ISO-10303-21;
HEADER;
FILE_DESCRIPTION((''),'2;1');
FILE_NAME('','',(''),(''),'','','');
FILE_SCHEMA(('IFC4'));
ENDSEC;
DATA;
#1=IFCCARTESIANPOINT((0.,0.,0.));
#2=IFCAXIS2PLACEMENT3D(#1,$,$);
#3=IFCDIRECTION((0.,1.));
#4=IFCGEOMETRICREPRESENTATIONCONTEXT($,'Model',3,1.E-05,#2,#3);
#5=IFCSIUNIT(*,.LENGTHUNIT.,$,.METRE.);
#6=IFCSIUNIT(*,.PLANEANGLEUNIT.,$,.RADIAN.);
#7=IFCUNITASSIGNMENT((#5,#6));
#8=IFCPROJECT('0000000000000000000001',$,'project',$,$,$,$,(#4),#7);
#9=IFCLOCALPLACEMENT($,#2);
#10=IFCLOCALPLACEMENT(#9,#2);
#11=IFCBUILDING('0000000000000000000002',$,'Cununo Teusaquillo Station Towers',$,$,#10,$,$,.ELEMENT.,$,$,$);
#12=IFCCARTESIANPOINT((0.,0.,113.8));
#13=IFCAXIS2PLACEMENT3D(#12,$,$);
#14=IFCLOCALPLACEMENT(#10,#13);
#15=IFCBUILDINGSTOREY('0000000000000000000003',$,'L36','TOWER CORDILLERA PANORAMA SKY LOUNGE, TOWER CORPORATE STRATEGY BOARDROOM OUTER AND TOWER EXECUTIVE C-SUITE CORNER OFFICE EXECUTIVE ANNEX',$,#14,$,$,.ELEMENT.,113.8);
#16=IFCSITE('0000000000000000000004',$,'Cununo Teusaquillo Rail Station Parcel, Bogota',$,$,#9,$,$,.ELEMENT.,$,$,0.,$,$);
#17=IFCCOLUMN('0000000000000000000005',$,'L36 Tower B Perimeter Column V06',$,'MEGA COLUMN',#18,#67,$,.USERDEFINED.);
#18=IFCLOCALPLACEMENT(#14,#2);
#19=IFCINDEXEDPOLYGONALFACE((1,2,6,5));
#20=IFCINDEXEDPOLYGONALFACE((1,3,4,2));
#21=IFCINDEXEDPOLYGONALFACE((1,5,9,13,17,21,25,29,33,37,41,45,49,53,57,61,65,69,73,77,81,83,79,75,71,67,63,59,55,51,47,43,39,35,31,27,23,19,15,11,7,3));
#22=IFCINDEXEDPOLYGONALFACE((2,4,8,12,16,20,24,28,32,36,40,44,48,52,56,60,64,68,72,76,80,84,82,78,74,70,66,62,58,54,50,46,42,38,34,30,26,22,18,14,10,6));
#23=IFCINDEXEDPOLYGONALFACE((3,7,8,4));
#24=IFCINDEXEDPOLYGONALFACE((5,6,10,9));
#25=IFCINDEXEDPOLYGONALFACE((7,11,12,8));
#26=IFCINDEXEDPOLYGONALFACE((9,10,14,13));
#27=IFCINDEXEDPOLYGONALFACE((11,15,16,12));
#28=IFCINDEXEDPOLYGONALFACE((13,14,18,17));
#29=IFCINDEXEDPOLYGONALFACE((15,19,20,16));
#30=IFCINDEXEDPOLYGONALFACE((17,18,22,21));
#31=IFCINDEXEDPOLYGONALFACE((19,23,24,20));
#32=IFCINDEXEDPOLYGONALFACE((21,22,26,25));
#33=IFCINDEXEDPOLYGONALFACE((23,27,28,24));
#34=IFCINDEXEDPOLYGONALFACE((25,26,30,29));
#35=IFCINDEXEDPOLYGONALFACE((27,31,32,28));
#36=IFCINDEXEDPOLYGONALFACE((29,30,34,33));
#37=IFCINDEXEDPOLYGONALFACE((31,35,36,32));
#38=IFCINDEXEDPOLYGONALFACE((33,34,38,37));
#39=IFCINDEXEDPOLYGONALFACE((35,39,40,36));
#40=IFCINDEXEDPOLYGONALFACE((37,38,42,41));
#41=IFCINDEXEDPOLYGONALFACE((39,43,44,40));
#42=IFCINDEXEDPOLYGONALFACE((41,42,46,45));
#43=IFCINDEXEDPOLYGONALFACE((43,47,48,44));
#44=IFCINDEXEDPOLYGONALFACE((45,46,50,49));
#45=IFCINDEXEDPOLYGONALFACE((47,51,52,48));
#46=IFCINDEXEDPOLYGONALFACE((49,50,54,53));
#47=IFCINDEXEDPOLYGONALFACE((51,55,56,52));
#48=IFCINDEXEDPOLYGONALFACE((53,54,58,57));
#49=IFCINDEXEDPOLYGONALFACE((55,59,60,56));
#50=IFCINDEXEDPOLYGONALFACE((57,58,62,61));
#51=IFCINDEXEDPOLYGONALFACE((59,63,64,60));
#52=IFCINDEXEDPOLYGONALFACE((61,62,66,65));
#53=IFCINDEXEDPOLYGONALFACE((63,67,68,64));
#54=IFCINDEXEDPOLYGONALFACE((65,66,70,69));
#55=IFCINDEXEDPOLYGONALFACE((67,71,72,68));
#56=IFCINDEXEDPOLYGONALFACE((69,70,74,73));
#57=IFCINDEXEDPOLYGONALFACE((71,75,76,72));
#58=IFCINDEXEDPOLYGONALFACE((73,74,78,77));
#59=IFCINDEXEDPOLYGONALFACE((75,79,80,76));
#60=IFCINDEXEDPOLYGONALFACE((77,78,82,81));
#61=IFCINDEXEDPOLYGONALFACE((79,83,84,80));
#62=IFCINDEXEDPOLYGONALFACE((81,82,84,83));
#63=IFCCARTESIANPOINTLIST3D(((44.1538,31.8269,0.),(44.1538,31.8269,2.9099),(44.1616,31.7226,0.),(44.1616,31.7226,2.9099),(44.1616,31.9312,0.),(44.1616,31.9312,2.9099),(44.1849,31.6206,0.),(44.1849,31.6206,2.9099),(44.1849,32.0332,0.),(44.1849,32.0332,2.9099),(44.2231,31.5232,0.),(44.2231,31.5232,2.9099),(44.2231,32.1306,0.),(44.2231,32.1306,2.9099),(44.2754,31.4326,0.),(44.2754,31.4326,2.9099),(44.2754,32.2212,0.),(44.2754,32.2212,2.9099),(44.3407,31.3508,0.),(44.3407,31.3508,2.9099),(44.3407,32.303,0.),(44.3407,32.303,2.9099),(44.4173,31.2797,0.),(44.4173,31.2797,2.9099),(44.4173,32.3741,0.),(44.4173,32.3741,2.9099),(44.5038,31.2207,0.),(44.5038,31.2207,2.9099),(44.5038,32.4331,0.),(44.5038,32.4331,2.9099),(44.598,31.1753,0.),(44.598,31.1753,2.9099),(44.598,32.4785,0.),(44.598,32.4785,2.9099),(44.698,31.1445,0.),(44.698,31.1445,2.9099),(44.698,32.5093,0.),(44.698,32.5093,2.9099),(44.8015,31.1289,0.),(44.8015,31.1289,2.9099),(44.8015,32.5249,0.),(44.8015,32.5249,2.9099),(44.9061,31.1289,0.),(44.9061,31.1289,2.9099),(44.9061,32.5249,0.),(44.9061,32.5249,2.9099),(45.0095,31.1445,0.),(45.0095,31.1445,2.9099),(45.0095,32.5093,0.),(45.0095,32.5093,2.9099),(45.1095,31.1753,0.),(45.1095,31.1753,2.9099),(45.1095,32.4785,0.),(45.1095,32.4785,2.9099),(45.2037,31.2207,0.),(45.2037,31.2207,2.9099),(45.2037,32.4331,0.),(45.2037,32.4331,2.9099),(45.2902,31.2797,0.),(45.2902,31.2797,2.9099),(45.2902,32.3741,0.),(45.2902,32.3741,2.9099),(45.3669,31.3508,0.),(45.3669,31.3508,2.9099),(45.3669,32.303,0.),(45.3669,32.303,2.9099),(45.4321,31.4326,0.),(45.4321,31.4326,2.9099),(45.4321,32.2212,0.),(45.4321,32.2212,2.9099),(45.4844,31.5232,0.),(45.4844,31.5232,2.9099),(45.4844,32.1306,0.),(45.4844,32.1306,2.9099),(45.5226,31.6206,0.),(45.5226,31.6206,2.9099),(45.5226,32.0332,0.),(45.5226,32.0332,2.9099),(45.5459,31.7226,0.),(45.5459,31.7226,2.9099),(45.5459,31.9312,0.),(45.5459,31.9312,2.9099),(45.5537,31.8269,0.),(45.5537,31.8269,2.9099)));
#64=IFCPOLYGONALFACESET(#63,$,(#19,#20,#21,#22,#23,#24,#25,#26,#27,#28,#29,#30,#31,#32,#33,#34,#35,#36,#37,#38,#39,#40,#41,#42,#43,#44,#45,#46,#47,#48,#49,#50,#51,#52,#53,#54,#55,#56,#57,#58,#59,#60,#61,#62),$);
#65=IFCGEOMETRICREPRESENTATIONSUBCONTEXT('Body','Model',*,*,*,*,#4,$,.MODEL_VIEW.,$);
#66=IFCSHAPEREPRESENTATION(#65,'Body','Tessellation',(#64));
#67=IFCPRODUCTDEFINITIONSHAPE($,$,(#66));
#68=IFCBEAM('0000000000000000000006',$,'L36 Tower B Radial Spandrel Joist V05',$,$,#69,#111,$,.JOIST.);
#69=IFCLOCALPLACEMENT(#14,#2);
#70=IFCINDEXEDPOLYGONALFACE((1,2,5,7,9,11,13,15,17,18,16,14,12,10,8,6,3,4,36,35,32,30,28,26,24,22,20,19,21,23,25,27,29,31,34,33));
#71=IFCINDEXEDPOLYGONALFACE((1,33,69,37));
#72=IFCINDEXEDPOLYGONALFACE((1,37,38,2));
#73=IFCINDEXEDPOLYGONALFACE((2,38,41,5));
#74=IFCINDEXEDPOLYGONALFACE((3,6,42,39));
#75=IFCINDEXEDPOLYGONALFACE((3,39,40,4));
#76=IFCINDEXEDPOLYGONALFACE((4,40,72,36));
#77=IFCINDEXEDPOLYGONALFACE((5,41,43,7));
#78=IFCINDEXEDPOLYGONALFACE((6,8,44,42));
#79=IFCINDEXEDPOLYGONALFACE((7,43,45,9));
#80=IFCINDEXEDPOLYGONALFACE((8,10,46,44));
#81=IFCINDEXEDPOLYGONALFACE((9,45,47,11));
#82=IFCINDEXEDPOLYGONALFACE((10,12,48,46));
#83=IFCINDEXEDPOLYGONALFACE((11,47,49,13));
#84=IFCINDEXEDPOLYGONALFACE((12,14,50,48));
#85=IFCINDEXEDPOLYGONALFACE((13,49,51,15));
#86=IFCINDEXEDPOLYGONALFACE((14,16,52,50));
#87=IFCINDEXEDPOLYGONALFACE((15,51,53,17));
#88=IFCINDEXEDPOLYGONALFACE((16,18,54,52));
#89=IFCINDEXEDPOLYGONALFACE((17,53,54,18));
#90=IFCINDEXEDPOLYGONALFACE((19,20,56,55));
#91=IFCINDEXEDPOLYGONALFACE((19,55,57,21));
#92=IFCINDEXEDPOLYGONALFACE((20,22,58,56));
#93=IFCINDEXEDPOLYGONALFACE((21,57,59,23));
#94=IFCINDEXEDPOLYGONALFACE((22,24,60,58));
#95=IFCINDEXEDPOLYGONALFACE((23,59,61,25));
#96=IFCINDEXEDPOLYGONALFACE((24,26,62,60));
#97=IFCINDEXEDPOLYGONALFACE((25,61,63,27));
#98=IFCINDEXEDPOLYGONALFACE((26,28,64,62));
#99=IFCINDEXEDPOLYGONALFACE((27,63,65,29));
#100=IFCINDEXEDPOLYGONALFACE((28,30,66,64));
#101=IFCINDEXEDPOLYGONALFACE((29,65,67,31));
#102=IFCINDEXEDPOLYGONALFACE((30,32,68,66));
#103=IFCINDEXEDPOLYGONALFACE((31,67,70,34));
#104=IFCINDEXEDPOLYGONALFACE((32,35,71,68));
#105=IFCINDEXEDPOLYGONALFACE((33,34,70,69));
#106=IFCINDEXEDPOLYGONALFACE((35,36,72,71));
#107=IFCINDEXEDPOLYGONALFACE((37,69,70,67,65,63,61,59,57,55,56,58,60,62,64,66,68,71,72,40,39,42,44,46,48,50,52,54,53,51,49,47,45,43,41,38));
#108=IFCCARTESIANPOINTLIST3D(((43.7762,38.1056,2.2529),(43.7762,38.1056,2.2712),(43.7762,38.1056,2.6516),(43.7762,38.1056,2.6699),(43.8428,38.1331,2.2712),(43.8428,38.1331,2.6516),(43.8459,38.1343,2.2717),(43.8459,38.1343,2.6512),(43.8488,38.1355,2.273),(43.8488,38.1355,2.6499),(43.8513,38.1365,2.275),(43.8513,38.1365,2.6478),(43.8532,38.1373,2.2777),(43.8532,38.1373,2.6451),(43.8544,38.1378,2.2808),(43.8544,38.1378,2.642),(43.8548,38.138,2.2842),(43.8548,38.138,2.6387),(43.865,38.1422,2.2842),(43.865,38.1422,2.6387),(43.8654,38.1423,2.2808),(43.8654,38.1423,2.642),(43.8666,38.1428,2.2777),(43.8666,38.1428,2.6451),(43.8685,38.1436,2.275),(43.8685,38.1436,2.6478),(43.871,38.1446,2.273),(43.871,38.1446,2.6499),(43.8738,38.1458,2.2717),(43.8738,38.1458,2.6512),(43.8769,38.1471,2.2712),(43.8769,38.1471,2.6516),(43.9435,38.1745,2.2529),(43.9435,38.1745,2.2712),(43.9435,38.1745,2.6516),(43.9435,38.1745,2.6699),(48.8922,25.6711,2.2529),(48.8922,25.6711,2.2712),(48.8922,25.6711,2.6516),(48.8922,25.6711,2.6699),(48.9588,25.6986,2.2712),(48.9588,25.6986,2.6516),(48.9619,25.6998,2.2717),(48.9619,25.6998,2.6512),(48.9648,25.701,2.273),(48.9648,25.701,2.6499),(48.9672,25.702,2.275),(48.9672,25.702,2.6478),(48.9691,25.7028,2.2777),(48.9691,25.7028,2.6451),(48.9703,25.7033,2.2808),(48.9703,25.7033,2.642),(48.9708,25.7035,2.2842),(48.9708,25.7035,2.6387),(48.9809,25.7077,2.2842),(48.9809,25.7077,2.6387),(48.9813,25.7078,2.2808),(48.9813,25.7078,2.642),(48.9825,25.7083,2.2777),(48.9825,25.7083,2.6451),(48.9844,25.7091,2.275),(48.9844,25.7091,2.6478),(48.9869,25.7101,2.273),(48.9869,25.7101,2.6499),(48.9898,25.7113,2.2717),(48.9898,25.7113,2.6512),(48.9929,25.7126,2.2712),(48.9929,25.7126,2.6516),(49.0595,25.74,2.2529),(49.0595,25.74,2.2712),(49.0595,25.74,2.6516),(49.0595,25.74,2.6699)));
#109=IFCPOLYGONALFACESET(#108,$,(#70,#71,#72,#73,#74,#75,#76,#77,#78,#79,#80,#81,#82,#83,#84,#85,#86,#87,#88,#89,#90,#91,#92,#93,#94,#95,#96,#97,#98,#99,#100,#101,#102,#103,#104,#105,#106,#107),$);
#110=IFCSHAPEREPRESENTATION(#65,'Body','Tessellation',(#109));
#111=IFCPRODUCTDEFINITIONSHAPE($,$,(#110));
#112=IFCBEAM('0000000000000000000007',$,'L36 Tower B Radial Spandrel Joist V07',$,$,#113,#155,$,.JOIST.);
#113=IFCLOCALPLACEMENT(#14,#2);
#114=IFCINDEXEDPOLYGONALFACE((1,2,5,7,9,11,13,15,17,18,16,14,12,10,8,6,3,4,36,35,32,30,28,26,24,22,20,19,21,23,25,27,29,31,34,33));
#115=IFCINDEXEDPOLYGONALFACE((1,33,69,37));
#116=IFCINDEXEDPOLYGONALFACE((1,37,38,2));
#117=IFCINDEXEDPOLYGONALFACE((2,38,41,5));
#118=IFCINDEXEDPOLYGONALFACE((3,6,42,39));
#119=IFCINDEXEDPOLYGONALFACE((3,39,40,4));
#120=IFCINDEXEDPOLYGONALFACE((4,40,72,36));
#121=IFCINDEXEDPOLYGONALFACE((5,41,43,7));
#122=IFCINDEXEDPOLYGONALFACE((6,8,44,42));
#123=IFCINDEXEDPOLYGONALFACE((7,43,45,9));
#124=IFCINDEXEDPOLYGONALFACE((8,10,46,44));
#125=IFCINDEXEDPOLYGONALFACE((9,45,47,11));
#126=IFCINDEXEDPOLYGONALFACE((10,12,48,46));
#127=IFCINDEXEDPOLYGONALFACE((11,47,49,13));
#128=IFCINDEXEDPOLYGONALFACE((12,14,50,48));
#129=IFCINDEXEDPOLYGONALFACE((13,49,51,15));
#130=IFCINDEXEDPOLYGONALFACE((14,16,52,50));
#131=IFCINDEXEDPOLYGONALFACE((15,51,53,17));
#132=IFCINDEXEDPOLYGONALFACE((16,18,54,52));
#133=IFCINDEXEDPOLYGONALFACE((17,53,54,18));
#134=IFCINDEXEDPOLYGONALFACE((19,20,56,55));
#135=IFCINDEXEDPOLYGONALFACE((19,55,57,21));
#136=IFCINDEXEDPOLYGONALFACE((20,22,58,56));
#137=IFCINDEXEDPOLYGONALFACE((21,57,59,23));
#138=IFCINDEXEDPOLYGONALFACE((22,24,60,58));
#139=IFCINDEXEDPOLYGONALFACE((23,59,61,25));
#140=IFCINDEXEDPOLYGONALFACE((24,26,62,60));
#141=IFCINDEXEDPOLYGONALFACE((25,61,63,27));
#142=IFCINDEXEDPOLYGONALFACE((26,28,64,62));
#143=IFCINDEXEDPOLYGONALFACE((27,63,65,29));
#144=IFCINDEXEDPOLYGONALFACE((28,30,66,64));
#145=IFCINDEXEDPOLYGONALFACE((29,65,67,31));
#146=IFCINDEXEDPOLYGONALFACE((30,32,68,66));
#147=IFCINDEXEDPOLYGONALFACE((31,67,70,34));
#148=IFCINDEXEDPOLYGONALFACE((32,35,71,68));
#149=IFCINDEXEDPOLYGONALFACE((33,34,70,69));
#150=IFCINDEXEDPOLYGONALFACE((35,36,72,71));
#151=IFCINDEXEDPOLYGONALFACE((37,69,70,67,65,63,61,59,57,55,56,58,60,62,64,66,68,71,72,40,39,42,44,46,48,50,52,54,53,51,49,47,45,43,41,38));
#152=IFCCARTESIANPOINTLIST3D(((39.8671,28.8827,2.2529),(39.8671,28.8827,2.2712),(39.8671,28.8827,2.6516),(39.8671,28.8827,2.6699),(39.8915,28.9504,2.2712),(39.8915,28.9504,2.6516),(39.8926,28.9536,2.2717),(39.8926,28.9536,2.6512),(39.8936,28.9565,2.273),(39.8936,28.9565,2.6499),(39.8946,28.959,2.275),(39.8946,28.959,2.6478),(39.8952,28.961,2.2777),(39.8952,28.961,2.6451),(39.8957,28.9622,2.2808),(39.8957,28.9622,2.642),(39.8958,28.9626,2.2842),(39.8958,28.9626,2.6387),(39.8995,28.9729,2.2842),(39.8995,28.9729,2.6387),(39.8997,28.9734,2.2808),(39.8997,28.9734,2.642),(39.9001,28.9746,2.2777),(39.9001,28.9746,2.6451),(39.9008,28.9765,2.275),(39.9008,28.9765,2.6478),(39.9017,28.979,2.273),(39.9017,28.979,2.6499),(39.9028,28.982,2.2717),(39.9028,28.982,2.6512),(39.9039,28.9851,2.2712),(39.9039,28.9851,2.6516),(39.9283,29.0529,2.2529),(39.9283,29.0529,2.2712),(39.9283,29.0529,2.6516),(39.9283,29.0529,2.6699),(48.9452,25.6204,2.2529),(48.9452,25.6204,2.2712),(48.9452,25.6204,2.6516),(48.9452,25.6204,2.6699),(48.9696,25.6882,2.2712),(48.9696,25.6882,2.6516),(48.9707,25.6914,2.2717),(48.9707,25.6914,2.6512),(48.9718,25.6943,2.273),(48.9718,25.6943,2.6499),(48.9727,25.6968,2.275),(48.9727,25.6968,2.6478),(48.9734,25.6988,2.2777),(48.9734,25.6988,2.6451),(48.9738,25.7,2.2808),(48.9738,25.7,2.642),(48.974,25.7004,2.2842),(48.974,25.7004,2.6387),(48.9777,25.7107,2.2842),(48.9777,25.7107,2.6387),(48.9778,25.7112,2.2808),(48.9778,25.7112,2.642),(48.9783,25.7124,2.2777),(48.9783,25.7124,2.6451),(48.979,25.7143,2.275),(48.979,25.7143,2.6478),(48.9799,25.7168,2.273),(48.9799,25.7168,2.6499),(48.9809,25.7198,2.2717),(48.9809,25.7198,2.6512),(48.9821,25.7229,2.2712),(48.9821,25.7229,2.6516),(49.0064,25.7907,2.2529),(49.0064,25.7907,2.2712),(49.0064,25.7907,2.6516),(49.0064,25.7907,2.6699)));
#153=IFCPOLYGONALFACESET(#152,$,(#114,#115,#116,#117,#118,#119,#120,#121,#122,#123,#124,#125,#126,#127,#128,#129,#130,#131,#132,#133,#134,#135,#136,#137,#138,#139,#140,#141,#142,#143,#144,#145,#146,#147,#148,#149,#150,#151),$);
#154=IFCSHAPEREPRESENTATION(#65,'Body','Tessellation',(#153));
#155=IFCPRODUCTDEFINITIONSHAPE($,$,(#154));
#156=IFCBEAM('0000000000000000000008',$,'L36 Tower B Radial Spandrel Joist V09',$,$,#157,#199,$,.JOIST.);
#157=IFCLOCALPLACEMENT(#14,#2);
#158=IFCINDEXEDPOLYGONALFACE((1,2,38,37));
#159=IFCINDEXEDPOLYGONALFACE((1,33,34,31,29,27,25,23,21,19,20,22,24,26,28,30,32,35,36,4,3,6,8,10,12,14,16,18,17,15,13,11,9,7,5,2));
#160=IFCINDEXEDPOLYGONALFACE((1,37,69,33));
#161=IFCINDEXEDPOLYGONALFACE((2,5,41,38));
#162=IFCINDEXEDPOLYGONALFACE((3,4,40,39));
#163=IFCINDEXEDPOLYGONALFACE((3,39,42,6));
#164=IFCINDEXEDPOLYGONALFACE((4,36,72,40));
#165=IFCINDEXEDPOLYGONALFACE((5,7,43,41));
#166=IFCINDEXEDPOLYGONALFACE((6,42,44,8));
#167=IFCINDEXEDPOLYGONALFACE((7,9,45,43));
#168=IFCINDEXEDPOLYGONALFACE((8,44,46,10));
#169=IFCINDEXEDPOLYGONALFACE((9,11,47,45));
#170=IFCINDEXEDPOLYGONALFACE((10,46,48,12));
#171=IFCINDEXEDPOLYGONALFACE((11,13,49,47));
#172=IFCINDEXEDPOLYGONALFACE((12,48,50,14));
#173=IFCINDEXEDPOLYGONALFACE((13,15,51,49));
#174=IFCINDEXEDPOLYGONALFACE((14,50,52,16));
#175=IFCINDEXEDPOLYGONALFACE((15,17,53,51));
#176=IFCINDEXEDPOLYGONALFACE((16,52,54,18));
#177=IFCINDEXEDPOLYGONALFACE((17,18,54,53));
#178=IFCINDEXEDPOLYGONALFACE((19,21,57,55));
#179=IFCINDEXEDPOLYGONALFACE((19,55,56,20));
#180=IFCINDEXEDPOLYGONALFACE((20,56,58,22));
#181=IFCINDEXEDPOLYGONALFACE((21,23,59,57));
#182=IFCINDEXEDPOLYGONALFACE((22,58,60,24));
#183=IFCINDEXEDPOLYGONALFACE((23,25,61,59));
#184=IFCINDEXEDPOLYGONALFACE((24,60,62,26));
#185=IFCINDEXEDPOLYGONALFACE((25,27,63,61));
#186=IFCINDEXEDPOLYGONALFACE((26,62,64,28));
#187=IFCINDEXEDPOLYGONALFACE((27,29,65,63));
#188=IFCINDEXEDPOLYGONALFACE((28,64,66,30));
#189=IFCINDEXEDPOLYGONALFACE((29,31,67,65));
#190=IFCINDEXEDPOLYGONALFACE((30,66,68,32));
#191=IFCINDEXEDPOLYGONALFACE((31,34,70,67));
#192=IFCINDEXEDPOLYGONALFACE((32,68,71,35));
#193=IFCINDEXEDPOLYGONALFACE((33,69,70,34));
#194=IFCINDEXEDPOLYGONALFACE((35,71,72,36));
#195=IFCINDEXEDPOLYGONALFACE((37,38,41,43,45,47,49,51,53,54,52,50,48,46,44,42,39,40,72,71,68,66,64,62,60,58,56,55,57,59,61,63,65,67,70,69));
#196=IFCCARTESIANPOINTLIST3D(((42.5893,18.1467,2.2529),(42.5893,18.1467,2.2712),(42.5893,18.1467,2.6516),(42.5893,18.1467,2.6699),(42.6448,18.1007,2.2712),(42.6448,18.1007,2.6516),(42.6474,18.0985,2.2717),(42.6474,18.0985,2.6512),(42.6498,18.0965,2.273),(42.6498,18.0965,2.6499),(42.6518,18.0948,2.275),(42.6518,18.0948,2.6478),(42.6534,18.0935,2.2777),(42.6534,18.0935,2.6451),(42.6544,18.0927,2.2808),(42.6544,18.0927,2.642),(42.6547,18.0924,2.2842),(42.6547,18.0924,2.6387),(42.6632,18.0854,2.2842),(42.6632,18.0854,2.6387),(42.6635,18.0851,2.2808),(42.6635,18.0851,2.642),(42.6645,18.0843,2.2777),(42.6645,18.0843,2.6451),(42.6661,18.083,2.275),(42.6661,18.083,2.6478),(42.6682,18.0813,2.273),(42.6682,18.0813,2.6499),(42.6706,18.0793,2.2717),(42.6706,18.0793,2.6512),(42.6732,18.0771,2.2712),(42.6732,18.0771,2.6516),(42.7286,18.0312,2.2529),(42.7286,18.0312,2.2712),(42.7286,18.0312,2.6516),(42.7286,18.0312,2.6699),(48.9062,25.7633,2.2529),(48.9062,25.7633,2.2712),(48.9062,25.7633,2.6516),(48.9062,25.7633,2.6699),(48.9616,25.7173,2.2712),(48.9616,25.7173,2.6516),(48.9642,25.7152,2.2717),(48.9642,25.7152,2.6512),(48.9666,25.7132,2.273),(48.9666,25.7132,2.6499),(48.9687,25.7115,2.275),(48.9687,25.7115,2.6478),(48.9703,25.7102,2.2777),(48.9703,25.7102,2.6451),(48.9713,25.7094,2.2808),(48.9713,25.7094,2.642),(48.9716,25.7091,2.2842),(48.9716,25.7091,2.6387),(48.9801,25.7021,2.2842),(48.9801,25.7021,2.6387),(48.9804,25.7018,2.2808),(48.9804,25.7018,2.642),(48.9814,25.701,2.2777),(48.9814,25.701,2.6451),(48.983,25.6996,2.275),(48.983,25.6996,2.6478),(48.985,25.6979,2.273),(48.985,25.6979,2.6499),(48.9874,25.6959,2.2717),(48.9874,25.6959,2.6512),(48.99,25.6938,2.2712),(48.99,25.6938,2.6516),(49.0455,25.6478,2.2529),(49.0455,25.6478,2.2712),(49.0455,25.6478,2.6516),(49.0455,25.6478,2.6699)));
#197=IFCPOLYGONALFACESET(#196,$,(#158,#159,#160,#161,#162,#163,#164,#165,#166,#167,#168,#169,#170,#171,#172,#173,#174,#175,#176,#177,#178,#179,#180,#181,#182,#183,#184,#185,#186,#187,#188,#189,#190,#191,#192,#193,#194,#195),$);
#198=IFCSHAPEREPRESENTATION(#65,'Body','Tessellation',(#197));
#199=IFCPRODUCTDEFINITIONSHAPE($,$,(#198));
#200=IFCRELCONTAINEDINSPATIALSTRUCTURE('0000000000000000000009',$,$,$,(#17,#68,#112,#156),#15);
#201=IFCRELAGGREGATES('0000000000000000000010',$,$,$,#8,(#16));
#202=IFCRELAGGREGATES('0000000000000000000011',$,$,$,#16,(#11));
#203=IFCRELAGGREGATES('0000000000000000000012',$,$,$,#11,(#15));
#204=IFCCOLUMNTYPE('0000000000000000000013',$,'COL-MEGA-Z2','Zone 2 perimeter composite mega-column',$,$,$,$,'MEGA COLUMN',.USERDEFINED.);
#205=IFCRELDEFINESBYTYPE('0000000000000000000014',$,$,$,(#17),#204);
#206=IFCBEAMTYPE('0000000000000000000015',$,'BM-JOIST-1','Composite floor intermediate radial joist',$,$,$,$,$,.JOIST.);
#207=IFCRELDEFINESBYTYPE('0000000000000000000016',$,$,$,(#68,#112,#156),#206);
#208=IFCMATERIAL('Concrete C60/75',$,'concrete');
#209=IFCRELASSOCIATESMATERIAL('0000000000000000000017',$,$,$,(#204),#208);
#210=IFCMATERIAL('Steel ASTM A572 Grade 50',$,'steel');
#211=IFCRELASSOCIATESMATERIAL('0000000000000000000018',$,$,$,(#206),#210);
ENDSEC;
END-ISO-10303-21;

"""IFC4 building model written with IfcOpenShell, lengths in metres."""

from ifc_helpers import new_model, si_unit, direction, frame, origin, origin_2d, place, context, subcontext, project, spatial, circle, i_section, extrude, material, material_profile, profile_set, type_object, element, save


model = new_model("IFC4")

# Units and contexts
model_context = context("Model", 3, precision=1e-05, world=origin(), true_north=direction((0.0, 1.0)))
body_context = subcontext(model_context, "Body", "Model", "MODEL_VIEW")
ifc_project = project(units=[si_unit("LENGTHUNIT", "METRE"), si_unit("PLANEANGLEUNIT", "RADIAN")], contexts=[model_context])

# Site, building, storey
site_placement = place(None, origin())
site = spatial("IfcSite", under=ifc_project, at=site_placement, Name="Cununo Teusaquillo Rail Station Parcel, Bogota", CompositionType="ELEMENT", RefElevation=0.0)
building_placement = place(site_placement, origin())
building = spatial("IfcBuilding", under=site, at=building_placement, Name="Cununo Teusaquillo Station Towers", CompositionType="ELEMENT")
storey_placement = place(building_placement, frame((0.0, 0.0, 113.8)))
storey = spatial("IfcBuildingStorey", under=building, at=storey_placement, Name="L36", Description="TOWER CORDILLERA PANORAMA SKY LOUNGE, TOWER CORPORATE STRATEGY BOARDROOM OUTER AND TOWER EXECUTIVE C-SUITE CORNER OFFICE EXECUTIVE ANNEX", CompositionType="ELEMENT", Elevation=113.8)

# Column
ifc_material_1 = material(Name="Concrete C60/75", Category="concrete")
ifc_material_profile_1 = material_profile(ifc_material_1, circle(Radius=0.7, at=origin_2d()), Name="RC-CIRC-1400")
ifc_profile_set_1 = profile_set([ifc_material_profile_1], Name="Concrete C60/75")
column_type = type_object("IfcColumnType", Name="COL-MEGA-Z2", Description="Zone 2 perimeter composite mega-column", ElementType="MEGA COLUMN", PredefinedType="USERDEFINED", material=ifc_profile_set_1)
column_placement = place(storey_placement, frame((44.8538, 31.8269, 0.0), z_axis=(0.0, 0.0, 1.0), x_axis=(1.0, 0.0, 0.0)))
element("IfcColumn", 1, at=column_placement, inside=storey, type_object=column_type, Name="L36 Tower B Perimeter Column V06", ObjectType="MEGA COLUMN", PredefinedType="USERDEFINED", context=body_context, shape_type="SweptSolid", body=[
    extrude(circle(Radius=0.7, at=origin_2d()), origin(), (0.0, 0.0, 1.0), 2.9099),
])

# Beams
ifc_material_2 = material(Name="Steel ASTM A572 Grade 50", Category="steel")
ifc_material_profile_2 = material_profile(ifc_material_2, i_section(OverallWidth=0.1809, OverallDepth=0.417, WebThickness=0.011, FlangeThickness=0.0183, FilletRadius=0.0129, at=origin_2d()), Name="W16X57")
ifc_profile_set_2 = profile_set([ifc_material_profile_2], Name="Steel ASTM A572 Grade 50")
beam_type_1 = type_object("IfcBeamType", Name="BM-JOIST-1", Description="Composite floor intermediate radial joist", PredefinedType="JOIST", material=ifc_profile_set_2)
beam_1_placement = place(storey_placement, frame((48.9758, 25.7056, 2.4614), z_axis=(-0.380486, 0.924787, 0.0), x_axis=(-0.924787, -0.380486, 0.0)))
element("IfcBeam", 2, at=beam_1_placement, inside=storey, type_object=beam_type_1, Name="L36 Tower B Radial Spandrel Joist V05", PredefinedType="JOIST", context=body_context, shape_type="SweptSolid", body=[
    extrude(i_section(OverallWidth=0.1809, OverallDepth=0.417, WebThickness=0.011, FlangeThickness=0.0183, FilletRadius=0.0129, at=origin_2d()), origin(), (0.0, 0.0, 1.0), 13.4458),
])
beam_2_placement = place(storey_placement, frame((48.9758, 25.7056, 2.4614), z_axis=(-0.941083, 0.338176, 0.0), x_axis=(-0.338176, -0.941083, 0.0)))
element("IfcBeam", 3, at=beam_2_placement, inside=storey, type_object=beam_type_1, Name="L36 Tower B Radial Spandrel Joist V07", PredefinedType="JOIST", context=body_context, shape_type="SweptSolid", body=[
    extrude(i_section(OverallWidth=0.1809, OverallDepth=0.417, WebThickness=0.011, FlangeThickness=0.0183, FilletRadius=0.0129, at=origin_2d()), origin(), (0.0, 0.0, 1.0), 9.6465),
])
beam_3_placement = place(storey_placement, frame((48.9758, 25.7056, 2.4614), z_axis=(-0.638372, -0.769728, 0.0), x_axis=(0.769728, -0.638372, 0.0)))
element("IfcBeam", 4, at=beam_3_placement, inside=storey, type_object=beam_type_1, Name="L36 Tower B Radial Spandrel Joist V09", PredefinedType="JOIST", context=body_context, shape_type="SweptSolid", body=[
    extrude(i_section(OverallWidth=0.1809, OverallDepth=0.417, WebThickness=0.011, FlangeThickness=0.0183, FilletRadius=0.0129, at=origin_2d()), origin(), (0.0, 0.0, 1.0), 9.8953),
])

save(model, "model.ifc")
